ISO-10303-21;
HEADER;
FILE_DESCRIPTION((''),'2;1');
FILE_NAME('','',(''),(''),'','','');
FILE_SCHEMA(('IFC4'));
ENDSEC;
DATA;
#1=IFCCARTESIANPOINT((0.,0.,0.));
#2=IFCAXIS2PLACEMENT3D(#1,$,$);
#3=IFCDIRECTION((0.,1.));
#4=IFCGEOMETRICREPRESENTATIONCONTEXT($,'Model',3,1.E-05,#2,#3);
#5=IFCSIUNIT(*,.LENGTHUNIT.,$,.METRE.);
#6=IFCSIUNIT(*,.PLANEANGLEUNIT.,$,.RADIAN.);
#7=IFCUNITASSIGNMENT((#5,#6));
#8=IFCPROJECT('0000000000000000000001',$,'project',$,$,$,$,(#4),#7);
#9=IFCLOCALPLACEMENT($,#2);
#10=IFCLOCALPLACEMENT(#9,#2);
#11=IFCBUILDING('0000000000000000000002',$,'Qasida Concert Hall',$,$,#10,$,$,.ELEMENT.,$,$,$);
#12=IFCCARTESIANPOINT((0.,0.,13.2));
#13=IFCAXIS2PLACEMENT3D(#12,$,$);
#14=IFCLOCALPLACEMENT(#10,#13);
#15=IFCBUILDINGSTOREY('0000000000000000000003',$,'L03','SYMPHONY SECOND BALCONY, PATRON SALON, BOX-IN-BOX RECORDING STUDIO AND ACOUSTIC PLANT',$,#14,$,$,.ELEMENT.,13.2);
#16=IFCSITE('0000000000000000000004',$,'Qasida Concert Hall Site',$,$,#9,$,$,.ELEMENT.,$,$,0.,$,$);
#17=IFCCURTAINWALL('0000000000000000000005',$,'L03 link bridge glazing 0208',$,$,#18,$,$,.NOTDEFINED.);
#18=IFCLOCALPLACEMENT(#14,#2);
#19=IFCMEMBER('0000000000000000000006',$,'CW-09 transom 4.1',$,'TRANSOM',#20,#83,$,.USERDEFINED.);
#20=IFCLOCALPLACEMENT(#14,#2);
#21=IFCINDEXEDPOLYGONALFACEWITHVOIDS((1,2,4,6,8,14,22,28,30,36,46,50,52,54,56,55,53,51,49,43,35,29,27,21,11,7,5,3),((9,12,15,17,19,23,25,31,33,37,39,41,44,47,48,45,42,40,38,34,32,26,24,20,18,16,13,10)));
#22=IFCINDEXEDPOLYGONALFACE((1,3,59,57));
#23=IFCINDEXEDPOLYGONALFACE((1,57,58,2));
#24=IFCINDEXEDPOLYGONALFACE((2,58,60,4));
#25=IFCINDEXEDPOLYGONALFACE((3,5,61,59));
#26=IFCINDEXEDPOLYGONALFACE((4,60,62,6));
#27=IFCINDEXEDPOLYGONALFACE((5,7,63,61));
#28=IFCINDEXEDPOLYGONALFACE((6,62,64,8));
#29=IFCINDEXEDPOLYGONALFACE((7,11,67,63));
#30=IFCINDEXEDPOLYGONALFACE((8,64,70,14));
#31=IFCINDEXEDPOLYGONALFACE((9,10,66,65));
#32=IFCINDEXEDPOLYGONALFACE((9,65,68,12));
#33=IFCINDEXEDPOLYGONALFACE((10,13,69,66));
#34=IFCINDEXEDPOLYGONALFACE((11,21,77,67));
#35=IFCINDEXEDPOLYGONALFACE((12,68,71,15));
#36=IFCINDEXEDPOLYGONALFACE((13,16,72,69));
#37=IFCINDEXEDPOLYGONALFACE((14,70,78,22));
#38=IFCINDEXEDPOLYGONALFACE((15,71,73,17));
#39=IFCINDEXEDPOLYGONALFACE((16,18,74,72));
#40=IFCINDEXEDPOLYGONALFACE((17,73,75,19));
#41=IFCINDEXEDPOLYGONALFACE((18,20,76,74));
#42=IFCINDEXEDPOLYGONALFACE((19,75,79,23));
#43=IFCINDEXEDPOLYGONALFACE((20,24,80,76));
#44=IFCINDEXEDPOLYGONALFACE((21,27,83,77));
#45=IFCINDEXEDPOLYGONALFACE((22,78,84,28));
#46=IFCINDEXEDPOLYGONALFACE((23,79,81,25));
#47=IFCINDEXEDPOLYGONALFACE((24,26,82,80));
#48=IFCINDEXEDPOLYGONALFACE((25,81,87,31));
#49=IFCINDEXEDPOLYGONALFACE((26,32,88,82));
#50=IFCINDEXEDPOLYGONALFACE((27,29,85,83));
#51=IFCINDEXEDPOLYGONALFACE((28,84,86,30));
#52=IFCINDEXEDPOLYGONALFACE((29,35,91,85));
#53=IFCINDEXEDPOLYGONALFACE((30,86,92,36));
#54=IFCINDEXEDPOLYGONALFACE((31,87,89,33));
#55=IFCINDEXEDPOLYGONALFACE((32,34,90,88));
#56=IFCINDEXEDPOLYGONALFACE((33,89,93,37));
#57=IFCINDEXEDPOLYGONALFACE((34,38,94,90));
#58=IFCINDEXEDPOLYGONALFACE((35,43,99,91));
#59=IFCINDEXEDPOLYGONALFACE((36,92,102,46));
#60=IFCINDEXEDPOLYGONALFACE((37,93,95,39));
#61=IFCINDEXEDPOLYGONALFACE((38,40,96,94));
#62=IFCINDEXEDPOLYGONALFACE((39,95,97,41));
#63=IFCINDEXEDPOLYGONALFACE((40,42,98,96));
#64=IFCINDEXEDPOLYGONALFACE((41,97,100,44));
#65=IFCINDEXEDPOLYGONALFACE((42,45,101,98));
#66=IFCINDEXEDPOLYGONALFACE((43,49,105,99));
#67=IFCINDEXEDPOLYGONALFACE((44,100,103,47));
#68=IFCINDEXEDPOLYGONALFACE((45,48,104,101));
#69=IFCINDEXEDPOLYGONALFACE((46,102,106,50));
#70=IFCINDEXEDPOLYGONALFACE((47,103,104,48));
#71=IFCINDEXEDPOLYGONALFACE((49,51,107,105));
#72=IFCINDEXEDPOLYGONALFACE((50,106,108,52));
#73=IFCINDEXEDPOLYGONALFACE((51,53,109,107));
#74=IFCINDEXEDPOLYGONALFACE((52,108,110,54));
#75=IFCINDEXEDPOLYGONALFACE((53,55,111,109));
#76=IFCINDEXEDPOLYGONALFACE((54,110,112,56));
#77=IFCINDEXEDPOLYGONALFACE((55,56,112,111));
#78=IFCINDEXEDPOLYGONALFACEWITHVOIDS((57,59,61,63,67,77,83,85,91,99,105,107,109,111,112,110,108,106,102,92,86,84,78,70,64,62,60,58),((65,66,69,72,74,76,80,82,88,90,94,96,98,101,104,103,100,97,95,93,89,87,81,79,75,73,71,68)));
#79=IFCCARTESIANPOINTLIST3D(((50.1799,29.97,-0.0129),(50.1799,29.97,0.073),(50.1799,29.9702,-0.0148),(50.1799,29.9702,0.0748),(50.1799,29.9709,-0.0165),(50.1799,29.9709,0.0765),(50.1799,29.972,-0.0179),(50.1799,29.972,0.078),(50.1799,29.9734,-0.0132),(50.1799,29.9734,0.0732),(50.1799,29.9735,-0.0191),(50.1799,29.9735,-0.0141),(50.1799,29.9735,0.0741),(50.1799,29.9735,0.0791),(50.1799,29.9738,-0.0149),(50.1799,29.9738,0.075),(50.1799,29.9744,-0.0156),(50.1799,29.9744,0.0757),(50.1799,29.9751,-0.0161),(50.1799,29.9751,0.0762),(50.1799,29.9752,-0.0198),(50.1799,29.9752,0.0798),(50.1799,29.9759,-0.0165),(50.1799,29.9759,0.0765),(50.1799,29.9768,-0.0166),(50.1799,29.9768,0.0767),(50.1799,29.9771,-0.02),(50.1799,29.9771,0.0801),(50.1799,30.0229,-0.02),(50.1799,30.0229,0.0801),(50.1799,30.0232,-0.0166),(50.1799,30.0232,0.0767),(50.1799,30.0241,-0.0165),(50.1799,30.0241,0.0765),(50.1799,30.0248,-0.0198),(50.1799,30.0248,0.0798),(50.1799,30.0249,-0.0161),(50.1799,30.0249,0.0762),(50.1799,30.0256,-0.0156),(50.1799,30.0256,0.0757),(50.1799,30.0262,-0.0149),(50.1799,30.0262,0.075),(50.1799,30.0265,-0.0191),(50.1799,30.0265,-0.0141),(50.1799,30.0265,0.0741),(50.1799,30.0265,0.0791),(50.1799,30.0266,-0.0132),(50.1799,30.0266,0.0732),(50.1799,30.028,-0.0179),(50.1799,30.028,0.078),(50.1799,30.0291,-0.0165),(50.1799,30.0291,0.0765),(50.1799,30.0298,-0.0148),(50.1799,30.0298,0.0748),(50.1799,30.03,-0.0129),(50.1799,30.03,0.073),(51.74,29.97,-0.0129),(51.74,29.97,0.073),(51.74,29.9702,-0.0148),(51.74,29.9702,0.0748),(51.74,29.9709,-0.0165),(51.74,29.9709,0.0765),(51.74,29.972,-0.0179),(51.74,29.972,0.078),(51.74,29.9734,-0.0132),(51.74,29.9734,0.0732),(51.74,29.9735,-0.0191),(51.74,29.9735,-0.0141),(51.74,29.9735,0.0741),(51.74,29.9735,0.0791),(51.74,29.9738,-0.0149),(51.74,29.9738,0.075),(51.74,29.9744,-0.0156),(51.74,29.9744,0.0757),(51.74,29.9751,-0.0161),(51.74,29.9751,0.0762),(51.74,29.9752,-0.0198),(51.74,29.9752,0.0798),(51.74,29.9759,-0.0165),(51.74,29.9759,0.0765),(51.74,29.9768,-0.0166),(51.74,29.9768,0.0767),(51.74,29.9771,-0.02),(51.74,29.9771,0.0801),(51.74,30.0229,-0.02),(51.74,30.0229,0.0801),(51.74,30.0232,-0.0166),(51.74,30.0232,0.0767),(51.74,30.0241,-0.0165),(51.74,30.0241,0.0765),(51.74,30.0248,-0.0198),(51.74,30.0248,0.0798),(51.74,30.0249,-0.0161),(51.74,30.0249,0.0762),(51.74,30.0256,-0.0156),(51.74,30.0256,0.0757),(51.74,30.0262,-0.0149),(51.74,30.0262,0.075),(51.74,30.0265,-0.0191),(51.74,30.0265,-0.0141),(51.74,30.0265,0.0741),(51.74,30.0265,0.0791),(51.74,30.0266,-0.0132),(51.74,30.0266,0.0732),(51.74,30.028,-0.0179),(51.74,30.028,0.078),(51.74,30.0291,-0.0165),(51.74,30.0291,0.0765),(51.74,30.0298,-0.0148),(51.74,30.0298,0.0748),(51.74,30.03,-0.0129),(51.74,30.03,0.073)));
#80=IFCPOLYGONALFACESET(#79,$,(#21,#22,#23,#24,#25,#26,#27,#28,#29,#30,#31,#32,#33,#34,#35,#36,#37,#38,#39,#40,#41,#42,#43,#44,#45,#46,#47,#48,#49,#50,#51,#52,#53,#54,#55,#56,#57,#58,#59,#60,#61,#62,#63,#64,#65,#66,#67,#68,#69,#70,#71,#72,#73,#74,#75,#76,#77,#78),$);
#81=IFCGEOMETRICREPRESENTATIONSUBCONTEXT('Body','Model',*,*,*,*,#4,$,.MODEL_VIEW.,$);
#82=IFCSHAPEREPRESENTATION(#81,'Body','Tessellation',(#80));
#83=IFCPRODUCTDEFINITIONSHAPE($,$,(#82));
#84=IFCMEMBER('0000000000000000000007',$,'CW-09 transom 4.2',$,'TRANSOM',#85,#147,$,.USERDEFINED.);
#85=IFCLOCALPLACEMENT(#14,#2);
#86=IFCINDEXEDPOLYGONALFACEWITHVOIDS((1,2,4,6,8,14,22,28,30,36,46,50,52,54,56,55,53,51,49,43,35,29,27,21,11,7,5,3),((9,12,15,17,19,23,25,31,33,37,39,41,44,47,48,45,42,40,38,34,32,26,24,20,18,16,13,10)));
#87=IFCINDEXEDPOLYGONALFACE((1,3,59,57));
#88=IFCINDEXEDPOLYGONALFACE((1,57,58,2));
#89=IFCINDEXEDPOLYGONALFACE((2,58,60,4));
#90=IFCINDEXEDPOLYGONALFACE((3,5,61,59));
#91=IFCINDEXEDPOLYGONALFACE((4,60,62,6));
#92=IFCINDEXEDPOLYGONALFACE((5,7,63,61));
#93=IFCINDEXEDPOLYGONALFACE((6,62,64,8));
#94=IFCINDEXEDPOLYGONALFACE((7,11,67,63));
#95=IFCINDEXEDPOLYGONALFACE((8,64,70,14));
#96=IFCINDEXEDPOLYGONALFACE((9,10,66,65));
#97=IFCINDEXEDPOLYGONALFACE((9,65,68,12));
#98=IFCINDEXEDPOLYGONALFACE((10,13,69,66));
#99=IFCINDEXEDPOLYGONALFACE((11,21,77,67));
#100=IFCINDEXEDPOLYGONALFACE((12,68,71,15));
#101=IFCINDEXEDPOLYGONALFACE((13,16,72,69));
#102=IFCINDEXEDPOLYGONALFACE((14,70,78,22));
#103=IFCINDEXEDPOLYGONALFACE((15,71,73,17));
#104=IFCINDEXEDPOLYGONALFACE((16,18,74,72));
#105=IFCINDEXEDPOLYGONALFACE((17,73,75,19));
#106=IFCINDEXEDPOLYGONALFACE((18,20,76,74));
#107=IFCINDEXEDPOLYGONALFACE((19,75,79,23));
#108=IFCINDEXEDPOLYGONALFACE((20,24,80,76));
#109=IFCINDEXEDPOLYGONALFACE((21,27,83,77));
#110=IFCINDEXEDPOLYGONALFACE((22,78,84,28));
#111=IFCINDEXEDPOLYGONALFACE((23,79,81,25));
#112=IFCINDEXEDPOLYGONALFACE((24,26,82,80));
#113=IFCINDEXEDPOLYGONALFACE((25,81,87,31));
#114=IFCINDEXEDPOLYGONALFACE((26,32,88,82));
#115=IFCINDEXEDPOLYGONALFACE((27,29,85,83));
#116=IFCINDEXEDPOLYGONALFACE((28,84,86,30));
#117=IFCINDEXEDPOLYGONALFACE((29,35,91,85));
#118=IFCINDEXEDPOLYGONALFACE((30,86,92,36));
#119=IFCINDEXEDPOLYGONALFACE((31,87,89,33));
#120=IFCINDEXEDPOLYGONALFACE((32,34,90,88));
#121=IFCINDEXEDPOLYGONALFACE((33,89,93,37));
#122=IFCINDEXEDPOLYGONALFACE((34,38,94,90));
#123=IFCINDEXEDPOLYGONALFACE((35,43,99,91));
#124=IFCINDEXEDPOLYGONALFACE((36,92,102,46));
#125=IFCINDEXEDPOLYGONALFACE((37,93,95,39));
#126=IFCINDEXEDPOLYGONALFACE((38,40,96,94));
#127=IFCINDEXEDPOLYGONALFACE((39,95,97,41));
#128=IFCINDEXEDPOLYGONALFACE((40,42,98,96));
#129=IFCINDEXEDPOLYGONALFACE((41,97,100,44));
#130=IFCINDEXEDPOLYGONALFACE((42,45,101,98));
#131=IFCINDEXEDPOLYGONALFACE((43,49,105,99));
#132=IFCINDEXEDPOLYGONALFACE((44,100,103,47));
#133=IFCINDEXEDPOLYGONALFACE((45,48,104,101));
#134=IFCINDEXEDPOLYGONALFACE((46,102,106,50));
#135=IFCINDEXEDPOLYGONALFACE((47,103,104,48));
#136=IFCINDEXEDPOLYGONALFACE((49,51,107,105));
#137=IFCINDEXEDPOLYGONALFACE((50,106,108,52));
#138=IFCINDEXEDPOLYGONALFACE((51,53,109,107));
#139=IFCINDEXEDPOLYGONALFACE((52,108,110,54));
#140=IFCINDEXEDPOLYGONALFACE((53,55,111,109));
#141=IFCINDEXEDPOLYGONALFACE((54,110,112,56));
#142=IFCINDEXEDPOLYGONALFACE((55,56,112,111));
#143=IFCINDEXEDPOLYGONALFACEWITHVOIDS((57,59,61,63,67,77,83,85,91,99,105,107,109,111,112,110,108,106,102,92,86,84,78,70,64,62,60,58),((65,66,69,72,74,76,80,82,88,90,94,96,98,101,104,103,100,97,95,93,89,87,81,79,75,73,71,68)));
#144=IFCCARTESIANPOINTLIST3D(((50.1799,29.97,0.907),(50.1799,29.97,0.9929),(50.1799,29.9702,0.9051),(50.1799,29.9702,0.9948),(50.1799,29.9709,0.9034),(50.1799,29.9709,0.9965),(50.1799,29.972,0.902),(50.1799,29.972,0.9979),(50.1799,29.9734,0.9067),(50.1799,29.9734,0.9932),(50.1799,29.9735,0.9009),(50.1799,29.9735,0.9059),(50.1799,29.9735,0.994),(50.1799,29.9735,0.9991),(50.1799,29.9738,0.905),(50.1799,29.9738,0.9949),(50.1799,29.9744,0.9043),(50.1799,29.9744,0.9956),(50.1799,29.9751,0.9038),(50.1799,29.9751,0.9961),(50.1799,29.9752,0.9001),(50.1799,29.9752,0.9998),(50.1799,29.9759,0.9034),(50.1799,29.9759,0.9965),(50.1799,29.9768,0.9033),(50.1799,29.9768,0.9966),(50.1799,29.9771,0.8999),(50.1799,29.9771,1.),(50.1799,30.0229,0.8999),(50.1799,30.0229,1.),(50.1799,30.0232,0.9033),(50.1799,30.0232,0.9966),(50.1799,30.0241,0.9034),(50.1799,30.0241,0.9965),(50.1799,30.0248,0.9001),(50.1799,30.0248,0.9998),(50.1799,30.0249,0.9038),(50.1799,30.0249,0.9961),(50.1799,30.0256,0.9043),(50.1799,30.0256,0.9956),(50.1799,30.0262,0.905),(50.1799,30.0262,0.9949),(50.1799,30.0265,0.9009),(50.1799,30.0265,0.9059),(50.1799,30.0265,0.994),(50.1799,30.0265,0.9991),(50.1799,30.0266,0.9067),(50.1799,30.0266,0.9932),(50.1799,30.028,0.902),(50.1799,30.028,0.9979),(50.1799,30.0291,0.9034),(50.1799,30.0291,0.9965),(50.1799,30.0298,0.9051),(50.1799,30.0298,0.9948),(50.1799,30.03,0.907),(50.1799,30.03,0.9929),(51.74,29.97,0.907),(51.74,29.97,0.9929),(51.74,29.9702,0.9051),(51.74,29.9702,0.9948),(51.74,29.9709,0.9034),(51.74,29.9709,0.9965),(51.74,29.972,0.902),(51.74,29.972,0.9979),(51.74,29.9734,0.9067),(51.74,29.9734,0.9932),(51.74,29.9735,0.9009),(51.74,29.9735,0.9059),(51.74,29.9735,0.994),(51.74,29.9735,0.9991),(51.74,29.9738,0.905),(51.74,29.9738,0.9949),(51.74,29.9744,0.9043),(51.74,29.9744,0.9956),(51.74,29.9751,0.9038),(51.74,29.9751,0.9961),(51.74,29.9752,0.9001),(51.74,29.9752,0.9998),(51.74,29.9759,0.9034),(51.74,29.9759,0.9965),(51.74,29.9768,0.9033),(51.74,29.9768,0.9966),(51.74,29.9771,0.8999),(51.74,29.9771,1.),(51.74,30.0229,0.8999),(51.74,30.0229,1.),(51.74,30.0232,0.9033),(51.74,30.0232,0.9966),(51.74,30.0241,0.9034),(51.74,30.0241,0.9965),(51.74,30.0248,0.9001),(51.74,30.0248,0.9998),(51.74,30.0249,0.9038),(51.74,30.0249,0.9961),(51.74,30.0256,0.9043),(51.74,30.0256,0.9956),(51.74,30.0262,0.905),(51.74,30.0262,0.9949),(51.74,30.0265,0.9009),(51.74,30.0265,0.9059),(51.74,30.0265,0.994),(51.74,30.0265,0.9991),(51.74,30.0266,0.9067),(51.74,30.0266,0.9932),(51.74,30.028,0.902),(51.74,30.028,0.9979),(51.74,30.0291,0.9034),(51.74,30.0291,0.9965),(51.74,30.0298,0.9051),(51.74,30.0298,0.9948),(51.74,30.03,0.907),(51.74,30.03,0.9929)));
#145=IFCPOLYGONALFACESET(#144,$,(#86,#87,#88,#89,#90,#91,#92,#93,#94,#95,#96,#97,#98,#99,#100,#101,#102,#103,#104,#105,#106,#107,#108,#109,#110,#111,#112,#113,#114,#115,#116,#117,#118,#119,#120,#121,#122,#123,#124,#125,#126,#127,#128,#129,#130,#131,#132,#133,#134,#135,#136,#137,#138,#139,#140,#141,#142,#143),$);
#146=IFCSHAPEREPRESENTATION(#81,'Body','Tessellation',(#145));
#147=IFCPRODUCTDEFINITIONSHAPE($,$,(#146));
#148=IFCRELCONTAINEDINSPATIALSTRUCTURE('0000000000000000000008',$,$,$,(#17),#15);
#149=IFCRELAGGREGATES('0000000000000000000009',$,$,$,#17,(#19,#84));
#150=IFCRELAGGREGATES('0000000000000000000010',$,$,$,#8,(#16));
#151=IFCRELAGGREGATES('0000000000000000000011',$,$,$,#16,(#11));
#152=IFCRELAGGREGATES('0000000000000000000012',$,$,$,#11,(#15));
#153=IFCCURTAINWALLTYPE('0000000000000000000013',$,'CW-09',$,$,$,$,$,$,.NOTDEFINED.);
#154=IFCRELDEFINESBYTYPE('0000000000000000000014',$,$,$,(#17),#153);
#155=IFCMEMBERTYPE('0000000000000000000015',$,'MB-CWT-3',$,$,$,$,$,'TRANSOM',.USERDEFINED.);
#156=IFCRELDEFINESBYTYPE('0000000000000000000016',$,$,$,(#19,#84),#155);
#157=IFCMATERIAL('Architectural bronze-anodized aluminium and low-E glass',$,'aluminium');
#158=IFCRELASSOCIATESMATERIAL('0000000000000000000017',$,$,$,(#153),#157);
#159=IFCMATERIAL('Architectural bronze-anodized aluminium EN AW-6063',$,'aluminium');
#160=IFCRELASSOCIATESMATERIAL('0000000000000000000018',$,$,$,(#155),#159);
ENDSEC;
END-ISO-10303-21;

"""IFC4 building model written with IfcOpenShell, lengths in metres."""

from ifc_helpers import new_model, si_unit, direction, frame, origin, origin_2d, place, context, subcontext, project, spatial, hollow_rectangle, extrude, material, material_profile, profile_set, type_object, element, aggregate, save


model = new_model("IFC4")

# Units and contexts
model_context = context("Model", 3, precision=1e-05, world=origin(), true_north=direction((0.0, 1.0)))
body_context = subcontext(model_context, "Body", "Model", "MODEL_VIEW")
ifc_project = project(units=[si_unit("LENGTHUNIT", "METRE"), si_unit("PLANEANGLEUNIT", "RADIAN")], contexts=[model_context])

# Site, building, storey
site_placement = place(None, origin())
site = spatial("IfcSite", under=ifc_project, at=site_placement, Name="Qasida Concert Hall Site", CompositionType="ELEMENT", RefElevation=0.0)
building_placement = place(site_placement, origin())
building = spatial("IfcBuilding", under=site, at=building_placement, Name="Qasida Concert Hall", CompositionType="ELEMENT")
storey_placement = place(building_placement, frame((0.0, 0.0, 13.2)))
storey = spatial("IfcBuildingStorey", under=building, at=storey_placement, Name="L03", Description="SYMPHONY SECOND BALCONY, PATRON SALON, BOX-IN-BOX RECORDING STUDIO AND ACOUSTIC PLANT", CompositionType="ELEMENT", Elevation=13.2)

# Curtain wall
ifc_material_1 = material(Name="Architectural bronze-anodized aluminium and low-E glass", Category="aluminium")
curtain_wall_type_1 = type_object("IfcCurtainWallType", Name="CW-09", PredefinedType="NOTDEFINED", material=ifc_material_1)
curtain_wall_1_placement = place(storey_placement, origin())
curtain_wall_1 = element("IfcCurtainWall", 1, at=curtain_wall_1_placement, inside=storey, type_object=curtain_wall_type_1, Name="L03 link bridge glazing 0208", PredefinedType="NOTDEFINED")
ifc_material_2 = material(Name="Architectural bronze-anodized aluminium EN AW-6063", Category="aluminium")

# Members
ifc_material_profile_1 = material_profile(ifc_material_2, hollow_rectangle(XDim=0.0601, YDim=0.1001, WallThickness=0.0034, InnerFilletRadius=0.0034, OuterFilletRadius=0.0071, at=origin_2d()), Name="CWT 100x60x3.5")
ifc_profile_set_1 = profile_set([ifc_material_profile_1], Name="Architectural bronze-anodized aluminium EN AW-6063")
member_type_1 = type_object("IfcMemberType", Name="MB-CWT-3", ElementType="TRANSOM", PredefinedType="USERDEFINED", material=ifc_profile_set_1)
member_1_placement = place(storey_placement, frame((50.1799, 30.0, 0.03), z_axis=(1.0, 0.0, 0.0), x_axis=(0.0, 1.0, 0.0)))
member_1 = element("IfcMember", 2, at=member_1_placement, type_object=member_type_1, Name="CW-09 transom 4.1", ObjectType="TRANSOM", PredefinedType="USERDEFINED", context=body_context, shape_type="SweptSolid", body=[
    extrude(hollow_rectangle(XDim=0.0601, YDim=0.1001, WallThickness=0.0034, InnerFilletRadius=0.0034, OuterFilletRadius=0.0071, at=origin_2d()), origin(), (0.0, 0.0, 1.0), 1.5601),
])
member_2_placement = place(storey_placement, frame((50.1799, 30.0, 0.95), z_axis=(1.0, 0.0, 0.0), x_axis=(0.0, 1.0, 0.0)))
member_2 = element("IfcMember", 3, at=member_2_placement, type_object=member_type_1, Name="CW-09 transom 4.2", ObjectType="TRANSOM", PredefinedType="USERDEFINED", context=body_context, shape_type="SweptSolid", body=[
    extrude(hollow_rectangle(XDim=0.0601, YDim=0.1001, WallThickness=0.0034, InnerFilletRadius=0.0034, OuterFilletRadius=0.0071, at=origin_2d()), origin(), (0.0, 0.0, 1.0), 1.5601),
])

aggregate(curtain_wall_1, [member_1, member_2])

save(model, "model.ifc")
